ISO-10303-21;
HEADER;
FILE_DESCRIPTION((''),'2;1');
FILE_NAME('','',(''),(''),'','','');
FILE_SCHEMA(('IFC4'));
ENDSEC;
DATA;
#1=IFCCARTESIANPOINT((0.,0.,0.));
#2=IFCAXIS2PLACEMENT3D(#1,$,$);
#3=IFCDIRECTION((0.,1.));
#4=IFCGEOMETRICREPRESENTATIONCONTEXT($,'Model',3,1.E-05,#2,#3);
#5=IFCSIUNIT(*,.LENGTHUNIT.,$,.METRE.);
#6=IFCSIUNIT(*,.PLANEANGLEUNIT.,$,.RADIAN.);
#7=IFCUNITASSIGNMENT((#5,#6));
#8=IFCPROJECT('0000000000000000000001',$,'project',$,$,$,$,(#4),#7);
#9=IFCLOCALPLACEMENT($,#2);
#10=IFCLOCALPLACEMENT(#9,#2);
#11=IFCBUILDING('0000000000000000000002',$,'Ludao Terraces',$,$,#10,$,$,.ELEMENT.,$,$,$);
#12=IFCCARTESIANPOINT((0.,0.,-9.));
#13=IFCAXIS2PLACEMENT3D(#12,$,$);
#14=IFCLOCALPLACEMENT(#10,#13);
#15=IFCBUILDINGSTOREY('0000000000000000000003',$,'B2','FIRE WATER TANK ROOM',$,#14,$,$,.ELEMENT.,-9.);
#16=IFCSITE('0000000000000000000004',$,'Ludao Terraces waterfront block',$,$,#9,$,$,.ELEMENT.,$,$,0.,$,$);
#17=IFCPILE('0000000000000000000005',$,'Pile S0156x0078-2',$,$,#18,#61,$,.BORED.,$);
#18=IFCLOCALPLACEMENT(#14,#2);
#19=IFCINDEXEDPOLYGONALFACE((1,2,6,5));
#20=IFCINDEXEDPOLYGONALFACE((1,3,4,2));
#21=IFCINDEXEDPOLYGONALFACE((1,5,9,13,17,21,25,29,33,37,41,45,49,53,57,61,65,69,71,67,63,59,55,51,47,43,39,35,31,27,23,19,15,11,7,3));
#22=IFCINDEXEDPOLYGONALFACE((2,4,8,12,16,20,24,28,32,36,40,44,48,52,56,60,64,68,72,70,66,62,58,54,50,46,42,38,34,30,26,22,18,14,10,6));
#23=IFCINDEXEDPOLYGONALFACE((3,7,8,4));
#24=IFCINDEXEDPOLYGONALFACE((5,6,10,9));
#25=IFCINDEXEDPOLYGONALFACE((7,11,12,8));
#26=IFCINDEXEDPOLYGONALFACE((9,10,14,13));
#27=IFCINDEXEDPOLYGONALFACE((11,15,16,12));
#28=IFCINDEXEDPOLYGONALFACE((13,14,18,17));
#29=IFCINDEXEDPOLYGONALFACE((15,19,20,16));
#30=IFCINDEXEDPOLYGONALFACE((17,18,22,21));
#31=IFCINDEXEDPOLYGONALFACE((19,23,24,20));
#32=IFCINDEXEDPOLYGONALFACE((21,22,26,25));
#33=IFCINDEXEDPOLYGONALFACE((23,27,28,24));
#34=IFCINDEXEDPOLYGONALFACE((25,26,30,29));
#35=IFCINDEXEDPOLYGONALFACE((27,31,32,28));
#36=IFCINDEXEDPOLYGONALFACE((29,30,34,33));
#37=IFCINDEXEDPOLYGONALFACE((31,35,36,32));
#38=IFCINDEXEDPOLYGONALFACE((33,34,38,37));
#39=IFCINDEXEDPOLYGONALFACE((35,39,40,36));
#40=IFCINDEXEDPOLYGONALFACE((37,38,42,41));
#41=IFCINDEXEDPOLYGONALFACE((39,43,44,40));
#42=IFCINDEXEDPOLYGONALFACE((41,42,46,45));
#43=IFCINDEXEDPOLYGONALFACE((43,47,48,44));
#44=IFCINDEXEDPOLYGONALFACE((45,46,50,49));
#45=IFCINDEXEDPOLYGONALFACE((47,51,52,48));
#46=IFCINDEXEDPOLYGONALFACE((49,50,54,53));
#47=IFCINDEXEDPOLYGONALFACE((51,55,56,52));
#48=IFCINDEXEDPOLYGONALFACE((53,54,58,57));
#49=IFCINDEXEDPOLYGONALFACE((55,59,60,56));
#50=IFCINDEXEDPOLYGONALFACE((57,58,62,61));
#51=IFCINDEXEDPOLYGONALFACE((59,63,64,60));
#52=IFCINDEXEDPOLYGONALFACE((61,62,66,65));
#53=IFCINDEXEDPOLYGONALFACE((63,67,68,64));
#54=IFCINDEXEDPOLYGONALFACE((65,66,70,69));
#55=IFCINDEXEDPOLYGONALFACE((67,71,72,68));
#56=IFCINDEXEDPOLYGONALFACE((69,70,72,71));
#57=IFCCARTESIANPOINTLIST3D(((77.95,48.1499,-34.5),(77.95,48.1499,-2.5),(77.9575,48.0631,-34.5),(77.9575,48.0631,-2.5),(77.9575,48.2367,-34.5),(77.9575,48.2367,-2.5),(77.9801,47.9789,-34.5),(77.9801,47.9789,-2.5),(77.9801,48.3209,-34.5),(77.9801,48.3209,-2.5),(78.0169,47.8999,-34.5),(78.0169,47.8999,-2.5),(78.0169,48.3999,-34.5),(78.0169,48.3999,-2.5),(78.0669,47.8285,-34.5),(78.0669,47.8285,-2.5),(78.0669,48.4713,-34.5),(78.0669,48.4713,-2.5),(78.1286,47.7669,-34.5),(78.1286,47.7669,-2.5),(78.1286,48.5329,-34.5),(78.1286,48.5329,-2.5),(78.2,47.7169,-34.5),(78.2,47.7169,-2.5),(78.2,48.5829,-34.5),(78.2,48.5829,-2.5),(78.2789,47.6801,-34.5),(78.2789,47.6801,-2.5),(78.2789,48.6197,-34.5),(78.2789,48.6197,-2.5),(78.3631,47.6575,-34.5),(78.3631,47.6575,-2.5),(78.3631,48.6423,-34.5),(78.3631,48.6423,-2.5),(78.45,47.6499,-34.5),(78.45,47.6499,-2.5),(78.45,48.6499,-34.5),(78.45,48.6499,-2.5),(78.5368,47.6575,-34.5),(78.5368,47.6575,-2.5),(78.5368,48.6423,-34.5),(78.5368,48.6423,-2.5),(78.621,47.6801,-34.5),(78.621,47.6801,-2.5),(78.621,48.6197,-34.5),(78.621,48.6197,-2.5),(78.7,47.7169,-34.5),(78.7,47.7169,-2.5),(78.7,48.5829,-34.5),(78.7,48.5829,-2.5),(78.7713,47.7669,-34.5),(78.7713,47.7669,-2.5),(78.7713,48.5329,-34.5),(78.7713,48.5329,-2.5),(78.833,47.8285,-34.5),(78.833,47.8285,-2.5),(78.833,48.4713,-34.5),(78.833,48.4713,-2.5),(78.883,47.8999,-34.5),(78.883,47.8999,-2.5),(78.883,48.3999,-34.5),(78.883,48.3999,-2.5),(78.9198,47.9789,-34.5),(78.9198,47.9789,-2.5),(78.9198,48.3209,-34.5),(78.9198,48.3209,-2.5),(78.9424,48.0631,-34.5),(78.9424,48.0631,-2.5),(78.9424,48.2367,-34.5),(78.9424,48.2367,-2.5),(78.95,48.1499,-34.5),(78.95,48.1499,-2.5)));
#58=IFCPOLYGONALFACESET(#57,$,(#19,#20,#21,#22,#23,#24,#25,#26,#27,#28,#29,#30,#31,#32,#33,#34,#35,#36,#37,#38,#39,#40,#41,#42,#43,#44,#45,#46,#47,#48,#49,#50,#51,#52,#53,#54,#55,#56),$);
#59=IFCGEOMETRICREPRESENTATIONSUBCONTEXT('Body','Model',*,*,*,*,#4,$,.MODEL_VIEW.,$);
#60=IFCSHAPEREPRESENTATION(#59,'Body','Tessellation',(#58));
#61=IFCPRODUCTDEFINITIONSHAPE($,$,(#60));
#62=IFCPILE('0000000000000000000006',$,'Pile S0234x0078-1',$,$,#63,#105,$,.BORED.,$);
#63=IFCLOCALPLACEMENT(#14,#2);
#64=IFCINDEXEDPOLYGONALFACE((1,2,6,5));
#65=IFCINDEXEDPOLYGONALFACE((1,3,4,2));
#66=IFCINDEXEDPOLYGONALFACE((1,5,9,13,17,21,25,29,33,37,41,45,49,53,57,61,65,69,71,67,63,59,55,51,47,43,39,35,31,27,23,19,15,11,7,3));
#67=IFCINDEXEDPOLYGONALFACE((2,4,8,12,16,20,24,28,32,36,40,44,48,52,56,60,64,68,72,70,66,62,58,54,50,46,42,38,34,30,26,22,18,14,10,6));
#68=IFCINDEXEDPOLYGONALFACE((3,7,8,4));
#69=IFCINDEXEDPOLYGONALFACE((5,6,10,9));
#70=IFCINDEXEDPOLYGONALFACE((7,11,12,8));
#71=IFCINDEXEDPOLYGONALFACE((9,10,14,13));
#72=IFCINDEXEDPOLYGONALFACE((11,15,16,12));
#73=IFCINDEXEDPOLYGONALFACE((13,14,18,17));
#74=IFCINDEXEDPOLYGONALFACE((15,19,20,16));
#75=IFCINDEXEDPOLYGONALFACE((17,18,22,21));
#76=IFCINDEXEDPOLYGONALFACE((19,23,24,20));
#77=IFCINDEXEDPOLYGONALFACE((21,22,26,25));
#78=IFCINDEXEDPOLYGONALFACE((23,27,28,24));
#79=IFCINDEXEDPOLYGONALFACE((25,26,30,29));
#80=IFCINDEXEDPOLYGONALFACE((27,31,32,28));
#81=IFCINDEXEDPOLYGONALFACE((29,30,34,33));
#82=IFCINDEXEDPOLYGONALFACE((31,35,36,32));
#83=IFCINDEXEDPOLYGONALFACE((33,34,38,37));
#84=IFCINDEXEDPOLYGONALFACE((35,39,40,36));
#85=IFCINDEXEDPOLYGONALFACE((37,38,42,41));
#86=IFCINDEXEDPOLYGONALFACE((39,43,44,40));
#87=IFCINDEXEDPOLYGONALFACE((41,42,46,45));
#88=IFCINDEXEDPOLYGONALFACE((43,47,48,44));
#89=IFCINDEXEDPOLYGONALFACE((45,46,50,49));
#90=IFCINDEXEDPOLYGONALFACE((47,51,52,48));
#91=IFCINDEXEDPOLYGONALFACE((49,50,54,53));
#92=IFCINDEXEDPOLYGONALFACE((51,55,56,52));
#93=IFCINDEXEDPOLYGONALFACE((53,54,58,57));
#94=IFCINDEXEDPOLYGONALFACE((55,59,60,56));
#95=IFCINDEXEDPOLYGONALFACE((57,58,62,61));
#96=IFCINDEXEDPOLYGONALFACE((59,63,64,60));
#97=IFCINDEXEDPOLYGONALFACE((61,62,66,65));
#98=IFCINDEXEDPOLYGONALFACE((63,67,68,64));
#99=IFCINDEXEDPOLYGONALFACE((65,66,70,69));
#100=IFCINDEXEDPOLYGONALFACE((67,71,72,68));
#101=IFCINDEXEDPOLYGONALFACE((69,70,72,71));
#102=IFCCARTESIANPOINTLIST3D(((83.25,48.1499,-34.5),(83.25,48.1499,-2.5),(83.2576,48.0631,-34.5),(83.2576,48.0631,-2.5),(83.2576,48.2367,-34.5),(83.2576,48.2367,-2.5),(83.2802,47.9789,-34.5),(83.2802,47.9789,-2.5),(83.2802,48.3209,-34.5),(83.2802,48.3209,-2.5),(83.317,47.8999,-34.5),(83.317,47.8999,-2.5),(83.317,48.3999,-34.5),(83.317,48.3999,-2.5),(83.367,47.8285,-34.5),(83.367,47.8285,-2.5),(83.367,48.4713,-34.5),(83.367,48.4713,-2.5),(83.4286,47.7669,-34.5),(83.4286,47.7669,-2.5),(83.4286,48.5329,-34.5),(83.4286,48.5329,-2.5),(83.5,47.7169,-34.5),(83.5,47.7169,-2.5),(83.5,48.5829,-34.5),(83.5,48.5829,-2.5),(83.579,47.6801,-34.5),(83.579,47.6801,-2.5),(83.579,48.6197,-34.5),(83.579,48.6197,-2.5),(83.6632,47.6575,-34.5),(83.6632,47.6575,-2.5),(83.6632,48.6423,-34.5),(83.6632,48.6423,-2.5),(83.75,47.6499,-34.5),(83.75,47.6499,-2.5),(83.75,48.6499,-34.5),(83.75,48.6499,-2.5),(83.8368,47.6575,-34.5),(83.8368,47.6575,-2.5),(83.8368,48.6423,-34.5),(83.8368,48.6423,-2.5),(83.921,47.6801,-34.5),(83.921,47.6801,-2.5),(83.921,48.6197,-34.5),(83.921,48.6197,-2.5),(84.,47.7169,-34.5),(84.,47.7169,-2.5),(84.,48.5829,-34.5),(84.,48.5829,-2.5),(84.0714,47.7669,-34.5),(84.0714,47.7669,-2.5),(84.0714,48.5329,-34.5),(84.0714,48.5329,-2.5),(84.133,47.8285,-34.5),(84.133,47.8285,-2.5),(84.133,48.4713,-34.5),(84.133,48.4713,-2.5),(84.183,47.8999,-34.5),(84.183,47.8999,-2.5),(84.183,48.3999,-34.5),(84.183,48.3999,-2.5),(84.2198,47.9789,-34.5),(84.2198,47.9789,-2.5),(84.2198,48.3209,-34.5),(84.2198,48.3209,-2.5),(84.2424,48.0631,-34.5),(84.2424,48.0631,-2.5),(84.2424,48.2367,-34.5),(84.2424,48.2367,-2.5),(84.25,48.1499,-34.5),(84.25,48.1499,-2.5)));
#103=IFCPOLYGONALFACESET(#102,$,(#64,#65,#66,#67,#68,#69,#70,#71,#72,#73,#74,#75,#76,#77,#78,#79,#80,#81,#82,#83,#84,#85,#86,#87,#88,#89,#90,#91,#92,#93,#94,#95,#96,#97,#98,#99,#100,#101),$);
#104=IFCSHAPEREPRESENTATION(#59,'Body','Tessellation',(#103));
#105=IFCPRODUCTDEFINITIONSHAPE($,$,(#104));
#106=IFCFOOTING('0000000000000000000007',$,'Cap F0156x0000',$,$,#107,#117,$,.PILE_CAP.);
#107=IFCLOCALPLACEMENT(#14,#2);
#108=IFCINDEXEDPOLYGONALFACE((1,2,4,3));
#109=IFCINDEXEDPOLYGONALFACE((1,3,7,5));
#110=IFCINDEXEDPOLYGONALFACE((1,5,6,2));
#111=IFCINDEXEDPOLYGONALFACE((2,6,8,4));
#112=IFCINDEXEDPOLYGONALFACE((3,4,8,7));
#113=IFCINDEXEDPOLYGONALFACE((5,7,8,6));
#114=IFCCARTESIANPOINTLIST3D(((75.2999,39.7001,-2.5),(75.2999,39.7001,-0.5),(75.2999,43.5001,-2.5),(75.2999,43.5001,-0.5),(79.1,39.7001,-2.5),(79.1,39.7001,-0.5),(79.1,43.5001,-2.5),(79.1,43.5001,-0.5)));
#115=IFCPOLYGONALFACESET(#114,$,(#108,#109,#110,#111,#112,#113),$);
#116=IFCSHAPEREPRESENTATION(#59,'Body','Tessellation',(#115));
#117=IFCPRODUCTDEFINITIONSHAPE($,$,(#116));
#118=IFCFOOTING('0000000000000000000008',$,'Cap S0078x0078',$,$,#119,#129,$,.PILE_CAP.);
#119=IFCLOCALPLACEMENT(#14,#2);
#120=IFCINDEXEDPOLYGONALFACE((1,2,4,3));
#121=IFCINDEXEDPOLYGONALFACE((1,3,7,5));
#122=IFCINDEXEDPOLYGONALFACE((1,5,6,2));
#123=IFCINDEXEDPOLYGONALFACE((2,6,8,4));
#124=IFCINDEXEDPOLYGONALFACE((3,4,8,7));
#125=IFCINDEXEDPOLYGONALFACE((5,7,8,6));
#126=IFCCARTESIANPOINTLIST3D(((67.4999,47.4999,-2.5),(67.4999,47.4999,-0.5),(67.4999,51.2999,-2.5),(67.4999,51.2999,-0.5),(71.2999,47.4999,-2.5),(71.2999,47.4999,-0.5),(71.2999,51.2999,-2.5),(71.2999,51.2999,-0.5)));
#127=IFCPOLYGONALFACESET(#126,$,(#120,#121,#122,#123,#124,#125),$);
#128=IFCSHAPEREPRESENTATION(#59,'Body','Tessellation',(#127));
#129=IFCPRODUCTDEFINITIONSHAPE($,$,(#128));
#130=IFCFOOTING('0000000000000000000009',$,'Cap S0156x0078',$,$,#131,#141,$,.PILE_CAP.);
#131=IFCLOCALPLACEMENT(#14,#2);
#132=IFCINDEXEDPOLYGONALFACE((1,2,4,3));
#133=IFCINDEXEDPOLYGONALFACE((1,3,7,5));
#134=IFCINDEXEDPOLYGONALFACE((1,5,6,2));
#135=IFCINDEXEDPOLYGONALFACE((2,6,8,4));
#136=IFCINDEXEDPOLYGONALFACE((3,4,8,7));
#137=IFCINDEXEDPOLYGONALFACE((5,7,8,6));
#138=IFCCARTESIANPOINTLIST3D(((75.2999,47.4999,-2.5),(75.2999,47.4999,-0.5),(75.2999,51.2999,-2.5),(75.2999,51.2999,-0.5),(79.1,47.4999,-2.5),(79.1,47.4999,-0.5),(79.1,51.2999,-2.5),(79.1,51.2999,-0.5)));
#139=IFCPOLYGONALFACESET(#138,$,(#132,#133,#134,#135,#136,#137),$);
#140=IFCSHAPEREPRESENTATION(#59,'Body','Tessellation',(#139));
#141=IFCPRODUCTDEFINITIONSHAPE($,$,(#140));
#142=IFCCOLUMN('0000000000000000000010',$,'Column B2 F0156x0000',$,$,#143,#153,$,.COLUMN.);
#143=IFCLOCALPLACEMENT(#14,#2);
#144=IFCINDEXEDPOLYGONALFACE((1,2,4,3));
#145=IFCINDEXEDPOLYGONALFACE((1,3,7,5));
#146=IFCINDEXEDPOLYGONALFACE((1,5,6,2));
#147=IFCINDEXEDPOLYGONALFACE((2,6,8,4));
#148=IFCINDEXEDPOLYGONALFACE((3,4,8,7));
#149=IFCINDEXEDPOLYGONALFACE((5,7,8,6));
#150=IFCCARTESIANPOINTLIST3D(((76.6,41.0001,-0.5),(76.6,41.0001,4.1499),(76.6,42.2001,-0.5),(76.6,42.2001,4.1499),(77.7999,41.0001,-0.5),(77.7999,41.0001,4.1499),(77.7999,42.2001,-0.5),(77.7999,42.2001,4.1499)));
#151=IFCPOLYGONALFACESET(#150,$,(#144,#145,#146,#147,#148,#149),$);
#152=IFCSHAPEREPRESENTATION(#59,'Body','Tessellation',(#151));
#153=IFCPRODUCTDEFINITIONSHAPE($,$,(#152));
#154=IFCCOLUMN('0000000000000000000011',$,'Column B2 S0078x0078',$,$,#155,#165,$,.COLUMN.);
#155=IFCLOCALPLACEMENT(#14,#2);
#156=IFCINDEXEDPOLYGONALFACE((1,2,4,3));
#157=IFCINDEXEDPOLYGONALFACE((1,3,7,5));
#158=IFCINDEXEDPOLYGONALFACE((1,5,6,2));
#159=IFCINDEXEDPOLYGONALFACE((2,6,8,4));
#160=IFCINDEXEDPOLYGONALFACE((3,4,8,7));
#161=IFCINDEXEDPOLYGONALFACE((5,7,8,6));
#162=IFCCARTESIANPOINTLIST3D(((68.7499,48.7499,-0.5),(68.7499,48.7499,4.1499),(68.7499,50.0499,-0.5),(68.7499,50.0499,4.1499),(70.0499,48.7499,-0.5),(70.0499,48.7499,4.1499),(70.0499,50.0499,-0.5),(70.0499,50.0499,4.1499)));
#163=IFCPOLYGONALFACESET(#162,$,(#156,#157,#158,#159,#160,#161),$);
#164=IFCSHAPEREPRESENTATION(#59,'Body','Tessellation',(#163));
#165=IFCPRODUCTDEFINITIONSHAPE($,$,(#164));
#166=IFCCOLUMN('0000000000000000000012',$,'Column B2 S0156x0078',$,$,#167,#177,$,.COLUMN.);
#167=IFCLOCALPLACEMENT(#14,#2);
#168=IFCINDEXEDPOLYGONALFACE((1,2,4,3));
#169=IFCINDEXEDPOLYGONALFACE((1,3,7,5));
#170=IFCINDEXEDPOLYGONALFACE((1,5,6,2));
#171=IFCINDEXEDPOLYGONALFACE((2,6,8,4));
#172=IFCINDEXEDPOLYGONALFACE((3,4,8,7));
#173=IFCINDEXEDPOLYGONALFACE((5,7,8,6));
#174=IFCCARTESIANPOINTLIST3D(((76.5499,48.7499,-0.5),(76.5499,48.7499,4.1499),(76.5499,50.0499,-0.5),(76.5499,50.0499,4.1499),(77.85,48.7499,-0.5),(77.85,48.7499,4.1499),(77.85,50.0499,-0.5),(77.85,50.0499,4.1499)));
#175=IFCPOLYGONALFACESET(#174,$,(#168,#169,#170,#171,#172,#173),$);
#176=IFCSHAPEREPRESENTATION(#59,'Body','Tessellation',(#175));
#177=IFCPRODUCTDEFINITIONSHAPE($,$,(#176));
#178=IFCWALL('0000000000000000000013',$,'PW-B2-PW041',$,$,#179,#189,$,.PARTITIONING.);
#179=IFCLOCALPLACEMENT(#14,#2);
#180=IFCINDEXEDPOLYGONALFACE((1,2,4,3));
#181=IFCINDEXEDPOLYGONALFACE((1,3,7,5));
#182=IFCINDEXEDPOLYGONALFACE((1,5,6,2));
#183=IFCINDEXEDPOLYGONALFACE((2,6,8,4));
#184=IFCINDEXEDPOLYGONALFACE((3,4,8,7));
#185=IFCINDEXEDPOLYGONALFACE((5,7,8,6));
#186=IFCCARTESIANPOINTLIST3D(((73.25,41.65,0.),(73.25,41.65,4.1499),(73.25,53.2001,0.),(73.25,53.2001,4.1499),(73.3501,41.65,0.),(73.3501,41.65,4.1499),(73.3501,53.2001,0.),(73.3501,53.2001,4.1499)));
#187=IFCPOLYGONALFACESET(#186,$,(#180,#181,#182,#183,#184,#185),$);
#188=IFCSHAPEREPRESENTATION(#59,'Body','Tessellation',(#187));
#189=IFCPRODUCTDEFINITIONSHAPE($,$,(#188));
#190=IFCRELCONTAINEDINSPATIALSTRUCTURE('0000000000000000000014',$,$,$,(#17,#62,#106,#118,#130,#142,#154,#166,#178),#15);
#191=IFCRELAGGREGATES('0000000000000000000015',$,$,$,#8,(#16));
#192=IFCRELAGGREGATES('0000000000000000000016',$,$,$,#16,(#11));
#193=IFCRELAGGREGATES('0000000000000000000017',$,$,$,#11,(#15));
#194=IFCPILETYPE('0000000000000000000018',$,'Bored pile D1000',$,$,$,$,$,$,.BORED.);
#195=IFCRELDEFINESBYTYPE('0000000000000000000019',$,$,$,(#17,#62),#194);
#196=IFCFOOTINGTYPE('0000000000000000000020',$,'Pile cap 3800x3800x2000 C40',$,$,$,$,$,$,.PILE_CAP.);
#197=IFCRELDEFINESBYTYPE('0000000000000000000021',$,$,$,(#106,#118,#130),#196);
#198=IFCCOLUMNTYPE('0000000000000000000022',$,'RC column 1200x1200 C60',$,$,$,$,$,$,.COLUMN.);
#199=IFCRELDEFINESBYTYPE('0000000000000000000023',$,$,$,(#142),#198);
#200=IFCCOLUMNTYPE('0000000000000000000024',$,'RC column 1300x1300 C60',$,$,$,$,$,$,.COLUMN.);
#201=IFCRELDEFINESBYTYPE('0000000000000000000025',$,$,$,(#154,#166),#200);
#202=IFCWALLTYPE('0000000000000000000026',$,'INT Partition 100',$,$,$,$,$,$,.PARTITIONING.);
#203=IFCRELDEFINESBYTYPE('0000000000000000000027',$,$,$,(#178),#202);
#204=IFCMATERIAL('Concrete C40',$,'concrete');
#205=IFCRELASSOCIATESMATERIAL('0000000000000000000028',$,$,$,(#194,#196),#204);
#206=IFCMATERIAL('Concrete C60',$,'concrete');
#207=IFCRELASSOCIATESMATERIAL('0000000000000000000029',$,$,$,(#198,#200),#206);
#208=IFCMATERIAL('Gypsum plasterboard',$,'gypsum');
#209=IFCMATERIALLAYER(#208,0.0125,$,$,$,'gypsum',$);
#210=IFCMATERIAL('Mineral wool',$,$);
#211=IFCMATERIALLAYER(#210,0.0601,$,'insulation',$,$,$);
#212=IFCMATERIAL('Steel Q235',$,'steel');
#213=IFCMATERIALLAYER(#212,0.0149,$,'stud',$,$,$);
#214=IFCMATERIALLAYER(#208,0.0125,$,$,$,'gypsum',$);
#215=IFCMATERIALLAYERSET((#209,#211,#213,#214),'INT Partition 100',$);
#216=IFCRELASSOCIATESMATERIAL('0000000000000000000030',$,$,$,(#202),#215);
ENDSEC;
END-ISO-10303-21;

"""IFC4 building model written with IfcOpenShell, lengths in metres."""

from ifc_helpers import new_model, si_unit, direction, frame, frame_2d, origin, origin_2d, place, context, subcontext, project, spatial, rectangle, circle, extrude, material, layer, layer_set, material_profile, profile_set, type_object, element, save


model = new_model("IFC4")

# Units and contexts
model_context = context("Model", 3, precision=1e-05, world=origin(), true_north=direction((0.0, 1.0)))
body_context = subcontext(model_context, "Body", "Model", "MODEL_VIEW")
ifc_project = project(units=[si_unit("LENGTHUNIT", "METRE"), si_unit("PLANEANGLEUNIT", "RADIAN")], contexts=[model_context])

# Site, building, storey
site_placement = place(None, origin())
site = spatial("IfcSite", under=ifc_project, at=site_placement, Name="Ludao Terraces waterfront block", CompositionType="ELEMENT", RefElevation=0.0)
building_placement = place(site_placement, origin())
building = spatial("IfcBuilding", under=site, at=building_placement, Name="Ludao Terraces", CompositionType="ELEMENT")
storey_placement = place(building_placement, frame((0.0, 0.0, -9.0)))
storey = spatial("IfcBuildingStorey", under=building, at=storey_placement, Name="B2", Description="FIRE WATER TANK ROOM", CompositionType="ELEMENT", Elevation=-9.0)

# Piles
ifc_material_1 = material(Name="Concrete C40", Category="concrete")
ifc_material_profile_1 = material_profile(ifc_material_1, circle(Radius=0.5, at=origin_2d()), Name="D1000 BORED PILE")
ifc_profile_set_1 = profile_set([ifc_material_profile_1], Name="Concrete C40")
pile_type = type_object("IfcPileType", Name="Bored pile D1000", PredefinedType="BORED", material=ifc_profile_set_1)
for number, where, z_axis, x_axis, name in (
    (1, (78.45, 48.1499, -2.5), (0.0, 0.0, -1.0), (1.0, 0.0, 0.0), "Pile S0156x0078-2"),
    (2, (83.75, 48.1499, -2.5), (0.0, 0.0, -1.0), (1.0, 0.0, 0.0), "Pile S0234x0078-1"),
):
    element("IfcPile", number, at=place(storey_placement, frame(where, z_axis=z_axis, x_axis=x_axis)), inside=storey, type_object=pile_type, Name=name, PredefinedType="BORED", context=body_context, shape_type="SweptSolid", body=[
        extrude(circle(Radius=0.5, at=origin_2d()), origin(), (0.0, 0.0, 1.0), 32.0),
    ])

# Footings
footing_type = type_object("IfcFootingType", Name="Pile cap 3800x3800x2000 C40", PredefinedType="PILE_CAP", material=ifc_material_1)
for number, where, z_axis, x_axis, name in (
    (3, (77.2, 41.6001, -2.5), (0.0, 0.0, 1.0), (1.0, 0.0, 0.0), "Cap F0156x0000"),
    (4, (69.3999, 49.3999, -2.5), (0.0, 0.0, 1.0), (1.0, 0.0, 0.0), "Cap S0078x0078"),
    (5, (77.2, 49.3999, -2.5), (0.0, 0.0, 1.0), (1.0, 0.0, 0.0), "Cap S0156x0078"),
):
    element("IfcFooting", number, at=place(storey_placement, frame(where, z_axis=z_axis, x_axis=x_axis)), inside=storey, type_object=footing_type, Name=name, PredefinedType="PILE_CAP", context=body_context, shape_type="SweptSolid", body=[
        extrude(rectangle(XDim=3.8, YDim=3.8, at=origin_2d()), origin(), (0.0, 0.0, 1.0), 2.0),
    ])

# Columns
ifc_material_2 = material(Name="Concrete C60", Category="concrete")
ifc_material_profile_2 = material_profile(ifc_material_2, rectangle(XDim=1.2, YDim=1.2, at=origin_2d()), Name="1200 X 1200")
ifc_profile_set_2 = profile_set([ifc_material_profile_2], Name="Concrete C60")
column_type_1 = type_object("IfcColumnType", Name="RC column 1200x1200 C60", PredefinedType="COLUMN", material=ifc_profile_set_2)
column_placement = place(storey_placement, frame((77.2, 41.6001, -0.5), z_axis=(0.0, 0.0, 1.0), x_axis=(1.0, 0.0, 0.0)))
element("IfcColumn", 6, at=column_placement, inside=storey, type_object=column_type_1, Name="Column B2 F0156x0000", PredefinedType="COLUMN", context=body_context, shape_type="SweptSolid", body=[
    extrude(rectangle(XDim=1.2, YDim=1.2, at=origin_2d()), origin(), (0.0, 0.0, 1.0), 4.6499),
])
ifc_material_profile_3 = material_profile(ifc_material_2, rectangle(XDim=1.3, YDim=1.3, at=origin_2d()), Name="1300 X 1300")
ifc_profile_set_3 = profile_set([ifc_material_profile_3], Name="Concrete C60")
column_type_2 = type_object("IfcColumnType", Name="RC column 1300x1300 C60", PredefinedType="COLUMN", material=ifc_profile_set_3)
for number, where, z_axis, x_axis, name in (
    (7, (69.3999, 49.3999, -0.5), (0.0, 0.0, 1.0), (1.0, 0.0, 0.0), "Column B2 S0078x0078"),
    (8, (77.2, 49.3999, -0.5), (0.0, 0.0, 1.0), (1.0, 0.0, 0.0), "Column B2 S0156x0078"),
):
    element("IfcColumn", number, at=place(storey_placement, frame(where, z_axis=z_axis, x_axis=x_axis)), inside=storey, type_object=column_type_2, Name=name, PredefinedType="COLUMN", context=body_context, shape_type="SweptSolid", body=[
        extrude(rectangle(XDim=1.3, YDim=1.3, at=origin_2d()), origin(), (0.0, 0.0, 1.0), 4.6499),
    ])

# Wall
ifc_material_3 = material(Name="Gypsum plasterboard", Category="gypsum")
ifc_layer_1 = layer(ifc_material_3, 0.0125, Category="gypsum")
ifc_material_4 = material(Name="Mineral wool")
ifc_layer_2 = layer(ifc_material_4, 0.0601, Name="insulation")
ifc_material_5 = material(Name="Steel Q235", Category="steel")
ifc_layer_3 = layer(ifc_material_5, 0.0149, Name="stud")
ifc_layer_4 = layer(ifc_material_3, 0.0125, Category="gypsum")
ifc_layer_set = layer_set([ifc_layer_1, ifc_layer_2, ifc_layer_3, ifc_layer_4], Name="INT Partition 100")
wall_type = type_object("IfcWallType", Name="INT Partition 100", PredefinedType="PARTITIONING", material=ifc_layer_set)
wall_1_placement = place(storey_placement, frame((73.3, 41.6501, 0.0), z_axis=(0.0, 0.0, 1.0), x_axis=(0.0, 1.0, 0.0)))
element("IfcWall", 9, at=wall_1_placement, inside=storey, type_object=wall_type, Name="PW-B2-PW041", PredefinedType="PARTITIONING", context=body_context, shape_type="SweptSolid", body=[
    extrude(rectangle(XDim=11.55, YDim=0.1001, at=frame_2d((5.7749, 0.0))), origin(), (0.0, 0.0, 1.0), 4.1499),
])

save(model, "model.ifc")
